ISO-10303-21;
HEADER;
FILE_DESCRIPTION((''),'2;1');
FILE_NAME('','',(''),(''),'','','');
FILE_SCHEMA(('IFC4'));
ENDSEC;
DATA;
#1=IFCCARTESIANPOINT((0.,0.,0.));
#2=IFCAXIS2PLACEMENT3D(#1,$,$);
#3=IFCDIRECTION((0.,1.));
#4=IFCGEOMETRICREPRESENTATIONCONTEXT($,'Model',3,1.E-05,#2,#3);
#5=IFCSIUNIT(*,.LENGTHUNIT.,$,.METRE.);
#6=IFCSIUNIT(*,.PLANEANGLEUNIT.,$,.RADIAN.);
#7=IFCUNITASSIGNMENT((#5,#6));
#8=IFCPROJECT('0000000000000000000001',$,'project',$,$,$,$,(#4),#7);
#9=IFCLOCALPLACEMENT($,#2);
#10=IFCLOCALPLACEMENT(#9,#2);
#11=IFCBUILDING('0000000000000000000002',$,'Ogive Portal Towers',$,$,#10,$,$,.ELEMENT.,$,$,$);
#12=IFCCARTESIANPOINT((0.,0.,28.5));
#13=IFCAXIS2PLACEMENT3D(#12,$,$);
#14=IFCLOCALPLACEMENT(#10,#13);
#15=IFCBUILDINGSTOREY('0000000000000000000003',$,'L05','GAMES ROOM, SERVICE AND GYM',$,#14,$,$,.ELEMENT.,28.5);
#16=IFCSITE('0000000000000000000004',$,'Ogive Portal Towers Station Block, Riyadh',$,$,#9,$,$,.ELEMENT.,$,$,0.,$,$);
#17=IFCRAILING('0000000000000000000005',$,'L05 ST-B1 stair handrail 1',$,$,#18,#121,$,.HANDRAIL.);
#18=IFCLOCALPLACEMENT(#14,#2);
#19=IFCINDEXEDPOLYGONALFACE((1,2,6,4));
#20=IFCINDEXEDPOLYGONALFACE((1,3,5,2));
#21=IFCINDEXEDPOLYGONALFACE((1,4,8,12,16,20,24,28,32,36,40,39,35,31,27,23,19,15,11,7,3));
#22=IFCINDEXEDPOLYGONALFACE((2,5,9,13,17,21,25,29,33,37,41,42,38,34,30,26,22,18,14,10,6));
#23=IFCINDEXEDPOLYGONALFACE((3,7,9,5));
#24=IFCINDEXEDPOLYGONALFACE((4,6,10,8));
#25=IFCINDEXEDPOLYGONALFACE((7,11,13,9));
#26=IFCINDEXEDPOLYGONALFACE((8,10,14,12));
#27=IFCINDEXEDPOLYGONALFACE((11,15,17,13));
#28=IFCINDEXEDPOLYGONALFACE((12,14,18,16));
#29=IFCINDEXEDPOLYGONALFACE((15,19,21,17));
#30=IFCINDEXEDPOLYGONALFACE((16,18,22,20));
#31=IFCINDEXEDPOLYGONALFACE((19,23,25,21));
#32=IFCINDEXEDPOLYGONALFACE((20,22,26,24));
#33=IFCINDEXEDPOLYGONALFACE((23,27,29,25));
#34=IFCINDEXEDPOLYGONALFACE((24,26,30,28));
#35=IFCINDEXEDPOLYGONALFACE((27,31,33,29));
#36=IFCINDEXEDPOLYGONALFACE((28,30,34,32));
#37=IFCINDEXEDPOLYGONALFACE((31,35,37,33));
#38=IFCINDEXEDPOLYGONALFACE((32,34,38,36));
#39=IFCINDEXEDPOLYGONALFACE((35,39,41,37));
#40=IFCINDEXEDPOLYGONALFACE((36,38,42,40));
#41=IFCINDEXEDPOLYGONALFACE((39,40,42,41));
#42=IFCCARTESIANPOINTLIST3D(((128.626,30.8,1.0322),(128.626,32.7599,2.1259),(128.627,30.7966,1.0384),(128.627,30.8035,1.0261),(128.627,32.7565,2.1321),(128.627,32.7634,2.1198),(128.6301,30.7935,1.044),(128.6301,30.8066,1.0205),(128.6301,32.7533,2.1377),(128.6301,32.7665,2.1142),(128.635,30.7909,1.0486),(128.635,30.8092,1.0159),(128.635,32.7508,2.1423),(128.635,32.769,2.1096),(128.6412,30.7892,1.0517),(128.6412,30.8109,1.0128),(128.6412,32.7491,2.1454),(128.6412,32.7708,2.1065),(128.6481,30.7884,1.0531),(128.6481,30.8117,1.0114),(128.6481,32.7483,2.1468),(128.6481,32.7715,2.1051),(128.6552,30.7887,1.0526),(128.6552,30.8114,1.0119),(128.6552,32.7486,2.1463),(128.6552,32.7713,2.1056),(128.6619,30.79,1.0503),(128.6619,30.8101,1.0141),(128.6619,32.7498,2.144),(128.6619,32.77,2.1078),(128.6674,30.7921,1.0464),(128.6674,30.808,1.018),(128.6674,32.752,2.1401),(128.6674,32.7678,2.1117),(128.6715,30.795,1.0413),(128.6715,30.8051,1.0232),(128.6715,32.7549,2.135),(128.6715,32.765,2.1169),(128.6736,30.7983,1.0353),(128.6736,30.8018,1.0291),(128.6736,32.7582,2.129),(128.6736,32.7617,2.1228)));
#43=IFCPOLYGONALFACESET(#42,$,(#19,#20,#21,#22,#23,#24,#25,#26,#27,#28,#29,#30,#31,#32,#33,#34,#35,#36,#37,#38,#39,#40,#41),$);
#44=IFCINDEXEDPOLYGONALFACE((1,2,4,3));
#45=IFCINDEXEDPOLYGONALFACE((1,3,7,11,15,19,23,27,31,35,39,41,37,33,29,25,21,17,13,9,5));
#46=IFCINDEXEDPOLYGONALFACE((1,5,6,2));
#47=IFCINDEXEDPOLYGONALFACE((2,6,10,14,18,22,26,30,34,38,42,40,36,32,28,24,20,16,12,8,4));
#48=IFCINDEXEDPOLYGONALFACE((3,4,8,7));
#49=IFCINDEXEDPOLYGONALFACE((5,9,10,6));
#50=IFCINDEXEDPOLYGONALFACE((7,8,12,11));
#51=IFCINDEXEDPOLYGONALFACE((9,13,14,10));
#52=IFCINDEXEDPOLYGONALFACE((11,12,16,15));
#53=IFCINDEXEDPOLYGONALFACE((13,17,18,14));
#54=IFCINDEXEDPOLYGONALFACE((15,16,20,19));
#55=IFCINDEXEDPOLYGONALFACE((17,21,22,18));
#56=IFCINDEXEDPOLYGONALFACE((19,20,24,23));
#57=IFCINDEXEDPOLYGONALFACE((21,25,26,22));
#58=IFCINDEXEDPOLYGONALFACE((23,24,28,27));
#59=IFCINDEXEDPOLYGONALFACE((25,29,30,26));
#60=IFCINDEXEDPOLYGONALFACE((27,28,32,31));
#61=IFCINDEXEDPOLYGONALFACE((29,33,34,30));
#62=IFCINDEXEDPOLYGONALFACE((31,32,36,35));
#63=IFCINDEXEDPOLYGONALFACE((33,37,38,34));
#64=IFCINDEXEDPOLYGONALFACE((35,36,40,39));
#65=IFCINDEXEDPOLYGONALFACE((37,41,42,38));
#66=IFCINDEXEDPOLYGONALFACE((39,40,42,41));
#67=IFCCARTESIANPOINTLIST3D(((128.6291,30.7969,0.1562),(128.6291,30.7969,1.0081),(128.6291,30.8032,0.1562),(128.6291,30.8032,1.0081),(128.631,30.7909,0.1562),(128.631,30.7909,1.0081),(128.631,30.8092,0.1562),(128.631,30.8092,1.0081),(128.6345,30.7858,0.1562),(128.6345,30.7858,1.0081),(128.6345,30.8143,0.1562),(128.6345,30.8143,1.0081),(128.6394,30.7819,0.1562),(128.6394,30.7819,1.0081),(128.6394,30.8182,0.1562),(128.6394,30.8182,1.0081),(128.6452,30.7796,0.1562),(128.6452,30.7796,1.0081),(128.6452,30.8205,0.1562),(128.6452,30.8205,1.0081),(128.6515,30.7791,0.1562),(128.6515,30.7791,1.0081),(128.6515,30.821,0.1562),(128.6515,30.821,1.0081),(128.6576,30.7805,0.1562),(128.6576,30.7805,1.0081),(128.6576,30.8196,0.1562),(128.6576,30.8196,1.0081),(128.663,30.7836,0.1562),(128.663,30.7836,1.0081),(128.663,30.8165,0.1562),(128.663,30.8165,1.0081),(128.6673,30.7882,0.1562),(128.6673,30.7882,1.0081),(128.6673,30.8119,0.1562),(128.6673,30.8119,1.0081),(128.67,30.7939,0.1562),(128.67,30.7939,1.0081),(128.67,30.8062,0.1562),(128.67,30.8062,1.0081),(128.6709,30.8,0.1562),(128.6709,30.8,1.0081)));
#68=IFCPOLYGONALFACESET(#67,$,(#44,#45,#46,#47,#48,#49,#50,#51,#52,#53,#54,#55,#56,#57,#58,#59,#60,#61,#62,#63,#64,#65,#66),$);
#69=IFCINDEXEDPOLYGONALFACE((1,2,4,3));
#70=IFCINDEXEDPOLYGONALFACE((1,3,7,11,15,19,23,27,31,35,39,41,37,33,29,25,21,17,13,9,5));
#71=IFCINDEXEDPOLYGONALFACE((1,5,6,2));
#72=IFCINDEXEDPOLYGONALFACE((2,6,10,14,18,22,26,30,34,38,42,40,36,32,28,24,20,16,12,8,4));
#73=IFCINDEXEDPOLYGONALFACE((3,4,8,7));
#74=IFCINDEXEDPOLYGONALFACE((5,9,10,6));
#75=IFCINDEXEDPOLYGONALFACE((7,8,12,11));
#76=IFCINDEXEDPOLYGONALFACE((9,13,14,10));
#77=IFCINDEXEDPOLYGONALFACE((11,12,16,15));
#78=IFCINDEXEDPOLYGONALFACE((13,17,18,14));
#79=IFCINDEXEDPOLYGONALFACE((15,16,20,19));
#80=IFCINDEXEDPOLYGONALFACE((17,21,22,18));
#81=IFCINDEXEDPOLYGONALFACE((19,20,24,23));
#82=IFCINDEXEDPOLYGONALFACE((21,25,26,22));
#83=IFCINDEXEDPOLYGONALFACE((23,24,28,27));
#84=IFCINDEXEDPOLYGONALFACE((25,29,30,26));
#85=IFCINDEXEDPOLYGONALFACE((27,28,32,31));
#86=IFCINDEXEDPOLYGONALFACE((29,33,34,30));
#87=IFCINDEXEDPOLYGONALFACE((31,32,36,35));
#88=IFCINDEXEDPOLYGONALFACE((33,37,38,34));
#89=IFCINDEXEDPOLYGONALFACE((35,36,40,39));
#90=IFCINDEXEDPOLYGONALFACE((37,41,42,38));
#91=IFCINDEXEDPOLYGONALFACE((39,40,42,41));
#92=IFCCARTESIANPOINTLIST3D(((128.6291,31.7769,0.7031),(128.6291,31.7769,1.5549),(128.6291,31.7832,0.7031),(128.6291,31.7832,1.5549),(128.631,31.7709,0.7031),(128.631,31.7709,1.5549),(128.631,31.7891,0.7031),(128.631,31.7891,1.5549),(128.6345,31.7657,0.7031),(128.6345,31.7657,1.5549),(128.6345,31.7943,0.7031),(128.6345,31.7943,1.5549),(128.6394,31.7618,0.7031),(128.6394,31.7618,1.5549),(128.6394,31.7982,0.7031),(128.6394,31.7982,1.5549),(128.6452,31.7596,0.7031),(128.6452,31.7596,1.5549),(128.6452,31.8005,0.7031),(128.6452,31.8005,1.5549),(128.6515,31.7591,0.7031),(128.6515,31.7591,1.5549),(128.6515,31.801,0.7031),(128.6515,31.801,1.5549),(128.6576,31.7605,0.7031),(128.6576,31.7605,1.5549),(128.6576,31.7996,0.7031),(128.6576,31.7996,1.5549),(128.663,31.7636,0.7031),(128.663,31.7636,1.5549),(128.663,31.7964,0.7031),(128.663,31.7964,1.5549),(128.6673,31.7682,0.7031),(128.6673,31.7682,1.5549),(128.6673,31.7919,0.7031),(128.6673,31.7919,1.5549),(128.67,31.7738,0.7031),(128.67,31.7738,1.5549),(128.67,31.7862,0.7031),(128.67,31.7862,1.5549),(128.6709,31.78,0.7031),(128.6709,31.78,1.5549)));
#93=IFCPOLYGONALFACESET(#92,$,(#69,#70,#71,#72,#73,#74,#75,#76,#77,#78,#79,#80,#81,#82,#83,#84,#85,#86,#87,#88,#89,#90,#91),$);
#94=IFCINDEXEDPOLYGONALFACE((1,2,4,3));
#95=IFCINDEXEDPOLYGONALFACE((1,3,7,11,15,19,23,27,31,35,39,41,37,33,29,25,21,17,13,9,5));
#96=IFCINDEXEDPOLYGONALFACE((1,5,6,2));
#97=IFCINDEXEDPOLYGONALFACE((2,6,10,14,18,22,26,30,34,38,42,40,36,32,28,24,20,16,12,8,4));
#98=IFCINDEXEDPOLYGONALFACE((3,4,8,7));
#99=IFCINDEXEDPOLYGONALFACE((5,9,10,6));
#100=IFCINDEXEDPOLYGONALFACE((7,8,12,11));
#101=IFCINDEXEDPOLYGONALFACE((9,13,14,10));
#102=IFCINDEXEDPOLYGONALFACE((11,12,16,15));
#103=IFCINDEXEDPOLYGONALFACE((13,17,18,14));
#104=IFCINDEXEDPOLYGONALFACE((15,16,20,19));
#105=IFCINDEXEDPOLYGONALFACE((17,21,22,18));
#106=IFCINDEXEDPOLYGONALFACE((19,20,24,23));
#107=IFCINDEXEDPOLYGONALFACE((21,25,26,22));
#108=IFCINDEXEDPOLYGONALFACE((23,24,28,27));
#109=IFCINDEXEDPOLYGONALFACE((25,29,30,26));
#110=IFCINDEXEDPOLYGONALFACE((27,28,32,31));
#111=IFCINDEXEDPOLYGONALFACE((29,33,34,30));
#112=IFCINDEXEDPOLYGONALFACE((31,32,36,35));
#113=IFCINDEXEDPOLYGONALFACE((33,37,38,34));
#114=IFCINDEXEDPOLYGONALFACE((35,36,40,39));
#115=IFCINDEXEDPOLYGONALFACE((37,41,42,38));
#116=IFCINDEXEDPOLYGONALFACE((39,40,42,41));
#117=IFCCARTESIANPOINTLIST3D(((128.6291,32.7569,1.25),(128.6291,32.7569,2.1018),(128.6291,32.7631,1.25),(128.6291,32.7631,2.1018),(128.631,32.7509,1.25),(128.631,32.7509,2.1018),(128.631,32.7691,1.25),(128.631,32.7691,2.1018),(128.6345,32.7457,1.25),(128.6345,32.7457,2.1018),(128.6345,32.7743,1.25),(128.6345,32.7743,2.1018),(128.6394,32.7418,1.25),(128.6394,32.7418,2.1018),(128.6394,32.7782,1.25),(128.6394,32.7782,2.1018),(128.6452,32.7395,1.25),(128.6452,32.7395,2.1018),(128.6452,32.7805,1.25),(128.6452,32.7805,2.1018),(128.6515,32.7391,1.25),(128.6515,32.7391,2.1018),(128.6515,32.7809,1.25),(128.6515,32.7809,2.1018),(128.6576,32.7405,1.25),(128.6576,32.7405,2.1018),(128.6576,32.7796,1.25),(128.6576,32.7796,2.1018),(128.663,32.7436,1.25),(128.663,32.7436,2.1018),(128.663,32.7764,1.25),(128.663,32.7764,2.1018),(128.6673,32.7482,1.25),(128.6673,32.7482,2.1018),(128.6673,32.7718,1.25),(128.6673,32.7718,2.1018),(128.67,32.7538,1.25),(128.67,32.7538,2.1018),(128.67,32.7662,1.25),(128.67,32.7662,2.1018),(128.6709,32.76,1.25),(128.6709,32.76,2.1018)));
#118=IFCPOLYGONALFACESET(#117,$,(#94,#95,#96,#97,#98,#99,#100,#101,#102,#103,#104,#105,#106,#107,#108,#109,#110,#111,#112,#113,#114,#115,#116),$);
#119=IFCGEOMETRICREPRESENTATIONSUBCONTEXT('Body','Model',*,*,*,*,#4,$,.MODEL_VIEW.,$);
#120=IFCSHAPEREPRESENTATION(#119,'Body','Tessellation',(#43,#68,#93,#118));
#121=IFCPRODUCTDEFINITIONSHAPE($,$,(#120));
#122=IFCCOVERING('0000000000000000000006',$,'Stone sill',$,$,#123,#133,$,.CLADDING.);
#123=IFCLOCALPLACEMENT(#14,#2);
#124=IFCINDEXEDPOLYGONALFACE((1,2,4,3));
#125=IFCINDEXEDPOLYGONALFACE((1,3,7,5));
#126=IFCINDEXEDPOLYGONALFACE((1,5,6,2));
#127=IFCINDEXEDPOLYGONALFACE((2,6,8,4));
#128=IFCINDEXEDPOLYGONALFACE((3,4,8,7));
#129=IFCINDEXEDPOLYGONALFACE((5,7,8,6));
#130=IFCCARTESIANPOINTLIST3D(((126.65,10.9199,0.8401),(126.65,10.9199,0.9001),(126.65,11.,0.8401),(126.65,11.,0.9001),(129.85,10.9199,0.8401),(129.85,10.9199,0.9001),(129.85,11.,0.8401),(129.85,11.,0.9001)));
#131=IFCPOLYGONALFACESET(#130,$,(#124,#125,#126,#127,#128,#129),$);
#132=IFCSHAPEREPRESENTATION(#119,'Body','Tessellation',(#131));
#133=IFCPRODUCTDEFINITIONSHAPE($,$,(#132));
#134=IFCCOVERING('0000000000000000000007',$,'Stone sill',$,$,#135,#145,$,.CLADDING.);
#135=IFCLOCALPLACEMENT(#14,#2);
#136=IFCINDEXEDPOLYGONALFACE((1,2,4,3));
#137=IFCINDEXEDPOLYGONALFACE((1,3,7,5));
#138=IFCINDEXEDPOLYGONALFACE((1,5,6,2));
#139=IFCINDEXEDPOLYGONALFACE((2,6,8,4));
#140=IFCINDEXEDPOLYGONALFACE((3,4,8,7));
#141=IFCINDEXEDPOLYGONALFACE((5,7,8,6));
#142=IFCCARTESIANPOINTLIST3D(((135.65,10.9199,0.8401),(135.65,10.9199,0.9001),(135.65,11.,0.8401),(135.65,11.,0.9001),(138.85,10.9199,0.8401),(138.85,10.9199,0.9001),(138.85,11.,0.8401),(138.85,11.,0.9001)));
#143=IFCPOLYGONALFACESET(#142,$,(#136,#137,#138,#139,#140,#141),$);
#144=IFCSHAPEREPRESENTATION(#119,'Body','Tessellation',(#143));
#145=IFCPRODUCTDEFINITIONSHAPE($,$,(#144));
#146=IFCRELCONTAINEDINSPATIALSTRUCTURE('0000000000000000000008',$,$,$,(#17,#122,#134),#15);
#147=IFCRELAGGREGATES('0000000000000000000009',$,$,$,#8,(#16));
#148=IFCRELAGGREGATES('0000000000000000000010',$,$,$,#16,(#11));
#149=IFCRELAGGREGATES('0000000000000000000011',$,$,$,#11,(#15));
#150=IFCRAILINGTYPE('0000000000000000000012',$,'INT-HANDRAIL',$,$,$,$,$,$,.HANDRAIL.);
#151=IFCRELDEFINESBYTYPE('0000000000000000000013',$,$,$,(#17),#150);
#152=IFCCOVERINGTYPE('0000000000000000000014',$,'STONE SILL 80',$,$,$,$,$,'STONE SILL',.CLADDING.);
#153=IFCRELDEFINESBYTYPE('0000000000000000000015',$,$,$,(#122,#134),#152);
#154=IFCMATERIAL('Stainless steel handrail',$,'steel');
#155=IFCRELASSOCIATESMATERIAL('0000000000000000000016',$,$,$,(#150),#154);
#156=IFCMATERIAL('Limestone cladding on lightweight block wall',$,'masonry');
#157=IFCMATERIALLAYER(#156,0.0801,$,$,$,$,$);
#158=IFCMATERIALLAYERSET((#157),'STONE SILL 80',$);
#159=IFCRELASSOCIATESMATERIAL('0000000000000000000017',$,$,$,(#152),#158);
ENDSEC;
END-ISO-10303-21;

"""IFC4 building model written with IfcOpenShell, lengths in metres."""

from ifc_helpers import new_model, si_unit, direction, frame, origin, origin_2d, place, context, subcontext, project, spatial, rectangle, circle, extrude, material, layer, layer_set, type_object, element, save


model = new_model("IFC4")

# Units and contexts
model_context = context("Model", 3, precision=1e-05, world=origin(), true_north=direction((0.0, 1.0)))
body_context = subcontext(model_context, "Body", "Model", "MODEL_VIEW")
ifc_project = project(units=[si_unit("LENGTHUNIT", "METRE"), si_unit("PLANEANGLEUNIT", "RADIAN")], contexts=[model_context])

# Site, building, storey
site_placement = place(None, origin())
site = spatial("IfcSite", under=ifc_project, at=site_placement, Name="Ogive Portal Towers Station Block, Riyadh", CompositionType="ELEMENT", RefElevation=0.0)
building_placement = place(site_placement, origin())
building = spatial("IfcBuilding", under=site, at=building_placement, Name="Ogive Portal Towers", CompositionType="ELEMENT")
storey_placement = place(building_placement, frame((0.0, 0.0, 28.5)))
storey = spatial("IfcBuildingStorey", under=building, at=storey_placement, Name="L05", Description="GAMES ROOM, SERVICE AND GYM", CompositionType="ELEMENT", Elevation=28.5)

# Railing
ifc_material_1 = material(Name="Stainless steel handrail", Category="steel")
railing_type = type_object("IfcRailingType", Name="INT-HANDRAIL", PredefinedType="HANDRAIL", material=ifc_material_1)
railing_placement = place(storey_placement, frame((128.6499, 30.8, 0.1562)))
element("IfcRailing", 1, at=railing_placement, inside=storey, type_object=railing_type, Name="L05 ST-B1 stair handrail 1", PredefinedType="HANDRAIL", context=body_context, shape_type="SweptSolid", body=[
    extrude(circle(Radius=0.0239, at=origin_2d()), frame((0.0, 0.0, 0.876), z_axis=(0.0, 0.873232, 0.487304), x_axis=(-1.0, 0.0, 0.0)), (0.0, 0.0, 1.0), 2.2444),
    extrude(circle(Radius=0.021, at=origin_2d()), origin(), (0.0, 0.0, 1.0), 0.8518),
    extrude(circle(Radius=0.021, at=origin_2d()), frame((0.0, 0.98, 0.5469)), (0.0, 0.0, 1.0), 0.8518),
    extrude(circle(Radius=0.021, at=origin_2d()), frame((0.0, 1.96, 1.0938)), (0.0, 0.0, 1.0), 0.8518),
])

# Coverings
ifc_material_2 = material(Name="Limestone cladding on lightweight block wall", Category="masonry")
ifc_layer_1 = layer(ifc_material_2, 0.0801)
ifc_layer_set_1 = layer_set([ifc_layer_1], Name="STONE SILL 80")
covering_type = type_object("IfcCoveringType", Name="STONE SILL 80", ElementType="STONE SILL", PredefinedType="CLADDING", material=ifc_layer_set_1)
for number, where, z_axis, x_axis, name in (
    (2, (128.25, 10.96, 0.8401), (0.0, 0.0, 1.0), (1.0, 0.0, 0.0), "Stone sill"),
    (3, (137.25, 10.96, 0.8401), (0.0, 0.0, 1.0), (1.0, 0.0, 0.0), "Stone sill"),
):
    element("IfcCovering", number, at=place(storey_placement, frame(where, z_axis=z_axis, x_axis=x_axis)), inside=storey, type_object=covering_type, Name=name, PredefinedType="CLADDING", context=body_context, shape_type="SweptSolid", body=[
        extrude(rectangle(XDim=3.2, YDim=0.0801, at=origin_2d()), origin(), (0.0, 0.0, 1.0), 0.0601),
    ])

save(model, "model.ifc")
